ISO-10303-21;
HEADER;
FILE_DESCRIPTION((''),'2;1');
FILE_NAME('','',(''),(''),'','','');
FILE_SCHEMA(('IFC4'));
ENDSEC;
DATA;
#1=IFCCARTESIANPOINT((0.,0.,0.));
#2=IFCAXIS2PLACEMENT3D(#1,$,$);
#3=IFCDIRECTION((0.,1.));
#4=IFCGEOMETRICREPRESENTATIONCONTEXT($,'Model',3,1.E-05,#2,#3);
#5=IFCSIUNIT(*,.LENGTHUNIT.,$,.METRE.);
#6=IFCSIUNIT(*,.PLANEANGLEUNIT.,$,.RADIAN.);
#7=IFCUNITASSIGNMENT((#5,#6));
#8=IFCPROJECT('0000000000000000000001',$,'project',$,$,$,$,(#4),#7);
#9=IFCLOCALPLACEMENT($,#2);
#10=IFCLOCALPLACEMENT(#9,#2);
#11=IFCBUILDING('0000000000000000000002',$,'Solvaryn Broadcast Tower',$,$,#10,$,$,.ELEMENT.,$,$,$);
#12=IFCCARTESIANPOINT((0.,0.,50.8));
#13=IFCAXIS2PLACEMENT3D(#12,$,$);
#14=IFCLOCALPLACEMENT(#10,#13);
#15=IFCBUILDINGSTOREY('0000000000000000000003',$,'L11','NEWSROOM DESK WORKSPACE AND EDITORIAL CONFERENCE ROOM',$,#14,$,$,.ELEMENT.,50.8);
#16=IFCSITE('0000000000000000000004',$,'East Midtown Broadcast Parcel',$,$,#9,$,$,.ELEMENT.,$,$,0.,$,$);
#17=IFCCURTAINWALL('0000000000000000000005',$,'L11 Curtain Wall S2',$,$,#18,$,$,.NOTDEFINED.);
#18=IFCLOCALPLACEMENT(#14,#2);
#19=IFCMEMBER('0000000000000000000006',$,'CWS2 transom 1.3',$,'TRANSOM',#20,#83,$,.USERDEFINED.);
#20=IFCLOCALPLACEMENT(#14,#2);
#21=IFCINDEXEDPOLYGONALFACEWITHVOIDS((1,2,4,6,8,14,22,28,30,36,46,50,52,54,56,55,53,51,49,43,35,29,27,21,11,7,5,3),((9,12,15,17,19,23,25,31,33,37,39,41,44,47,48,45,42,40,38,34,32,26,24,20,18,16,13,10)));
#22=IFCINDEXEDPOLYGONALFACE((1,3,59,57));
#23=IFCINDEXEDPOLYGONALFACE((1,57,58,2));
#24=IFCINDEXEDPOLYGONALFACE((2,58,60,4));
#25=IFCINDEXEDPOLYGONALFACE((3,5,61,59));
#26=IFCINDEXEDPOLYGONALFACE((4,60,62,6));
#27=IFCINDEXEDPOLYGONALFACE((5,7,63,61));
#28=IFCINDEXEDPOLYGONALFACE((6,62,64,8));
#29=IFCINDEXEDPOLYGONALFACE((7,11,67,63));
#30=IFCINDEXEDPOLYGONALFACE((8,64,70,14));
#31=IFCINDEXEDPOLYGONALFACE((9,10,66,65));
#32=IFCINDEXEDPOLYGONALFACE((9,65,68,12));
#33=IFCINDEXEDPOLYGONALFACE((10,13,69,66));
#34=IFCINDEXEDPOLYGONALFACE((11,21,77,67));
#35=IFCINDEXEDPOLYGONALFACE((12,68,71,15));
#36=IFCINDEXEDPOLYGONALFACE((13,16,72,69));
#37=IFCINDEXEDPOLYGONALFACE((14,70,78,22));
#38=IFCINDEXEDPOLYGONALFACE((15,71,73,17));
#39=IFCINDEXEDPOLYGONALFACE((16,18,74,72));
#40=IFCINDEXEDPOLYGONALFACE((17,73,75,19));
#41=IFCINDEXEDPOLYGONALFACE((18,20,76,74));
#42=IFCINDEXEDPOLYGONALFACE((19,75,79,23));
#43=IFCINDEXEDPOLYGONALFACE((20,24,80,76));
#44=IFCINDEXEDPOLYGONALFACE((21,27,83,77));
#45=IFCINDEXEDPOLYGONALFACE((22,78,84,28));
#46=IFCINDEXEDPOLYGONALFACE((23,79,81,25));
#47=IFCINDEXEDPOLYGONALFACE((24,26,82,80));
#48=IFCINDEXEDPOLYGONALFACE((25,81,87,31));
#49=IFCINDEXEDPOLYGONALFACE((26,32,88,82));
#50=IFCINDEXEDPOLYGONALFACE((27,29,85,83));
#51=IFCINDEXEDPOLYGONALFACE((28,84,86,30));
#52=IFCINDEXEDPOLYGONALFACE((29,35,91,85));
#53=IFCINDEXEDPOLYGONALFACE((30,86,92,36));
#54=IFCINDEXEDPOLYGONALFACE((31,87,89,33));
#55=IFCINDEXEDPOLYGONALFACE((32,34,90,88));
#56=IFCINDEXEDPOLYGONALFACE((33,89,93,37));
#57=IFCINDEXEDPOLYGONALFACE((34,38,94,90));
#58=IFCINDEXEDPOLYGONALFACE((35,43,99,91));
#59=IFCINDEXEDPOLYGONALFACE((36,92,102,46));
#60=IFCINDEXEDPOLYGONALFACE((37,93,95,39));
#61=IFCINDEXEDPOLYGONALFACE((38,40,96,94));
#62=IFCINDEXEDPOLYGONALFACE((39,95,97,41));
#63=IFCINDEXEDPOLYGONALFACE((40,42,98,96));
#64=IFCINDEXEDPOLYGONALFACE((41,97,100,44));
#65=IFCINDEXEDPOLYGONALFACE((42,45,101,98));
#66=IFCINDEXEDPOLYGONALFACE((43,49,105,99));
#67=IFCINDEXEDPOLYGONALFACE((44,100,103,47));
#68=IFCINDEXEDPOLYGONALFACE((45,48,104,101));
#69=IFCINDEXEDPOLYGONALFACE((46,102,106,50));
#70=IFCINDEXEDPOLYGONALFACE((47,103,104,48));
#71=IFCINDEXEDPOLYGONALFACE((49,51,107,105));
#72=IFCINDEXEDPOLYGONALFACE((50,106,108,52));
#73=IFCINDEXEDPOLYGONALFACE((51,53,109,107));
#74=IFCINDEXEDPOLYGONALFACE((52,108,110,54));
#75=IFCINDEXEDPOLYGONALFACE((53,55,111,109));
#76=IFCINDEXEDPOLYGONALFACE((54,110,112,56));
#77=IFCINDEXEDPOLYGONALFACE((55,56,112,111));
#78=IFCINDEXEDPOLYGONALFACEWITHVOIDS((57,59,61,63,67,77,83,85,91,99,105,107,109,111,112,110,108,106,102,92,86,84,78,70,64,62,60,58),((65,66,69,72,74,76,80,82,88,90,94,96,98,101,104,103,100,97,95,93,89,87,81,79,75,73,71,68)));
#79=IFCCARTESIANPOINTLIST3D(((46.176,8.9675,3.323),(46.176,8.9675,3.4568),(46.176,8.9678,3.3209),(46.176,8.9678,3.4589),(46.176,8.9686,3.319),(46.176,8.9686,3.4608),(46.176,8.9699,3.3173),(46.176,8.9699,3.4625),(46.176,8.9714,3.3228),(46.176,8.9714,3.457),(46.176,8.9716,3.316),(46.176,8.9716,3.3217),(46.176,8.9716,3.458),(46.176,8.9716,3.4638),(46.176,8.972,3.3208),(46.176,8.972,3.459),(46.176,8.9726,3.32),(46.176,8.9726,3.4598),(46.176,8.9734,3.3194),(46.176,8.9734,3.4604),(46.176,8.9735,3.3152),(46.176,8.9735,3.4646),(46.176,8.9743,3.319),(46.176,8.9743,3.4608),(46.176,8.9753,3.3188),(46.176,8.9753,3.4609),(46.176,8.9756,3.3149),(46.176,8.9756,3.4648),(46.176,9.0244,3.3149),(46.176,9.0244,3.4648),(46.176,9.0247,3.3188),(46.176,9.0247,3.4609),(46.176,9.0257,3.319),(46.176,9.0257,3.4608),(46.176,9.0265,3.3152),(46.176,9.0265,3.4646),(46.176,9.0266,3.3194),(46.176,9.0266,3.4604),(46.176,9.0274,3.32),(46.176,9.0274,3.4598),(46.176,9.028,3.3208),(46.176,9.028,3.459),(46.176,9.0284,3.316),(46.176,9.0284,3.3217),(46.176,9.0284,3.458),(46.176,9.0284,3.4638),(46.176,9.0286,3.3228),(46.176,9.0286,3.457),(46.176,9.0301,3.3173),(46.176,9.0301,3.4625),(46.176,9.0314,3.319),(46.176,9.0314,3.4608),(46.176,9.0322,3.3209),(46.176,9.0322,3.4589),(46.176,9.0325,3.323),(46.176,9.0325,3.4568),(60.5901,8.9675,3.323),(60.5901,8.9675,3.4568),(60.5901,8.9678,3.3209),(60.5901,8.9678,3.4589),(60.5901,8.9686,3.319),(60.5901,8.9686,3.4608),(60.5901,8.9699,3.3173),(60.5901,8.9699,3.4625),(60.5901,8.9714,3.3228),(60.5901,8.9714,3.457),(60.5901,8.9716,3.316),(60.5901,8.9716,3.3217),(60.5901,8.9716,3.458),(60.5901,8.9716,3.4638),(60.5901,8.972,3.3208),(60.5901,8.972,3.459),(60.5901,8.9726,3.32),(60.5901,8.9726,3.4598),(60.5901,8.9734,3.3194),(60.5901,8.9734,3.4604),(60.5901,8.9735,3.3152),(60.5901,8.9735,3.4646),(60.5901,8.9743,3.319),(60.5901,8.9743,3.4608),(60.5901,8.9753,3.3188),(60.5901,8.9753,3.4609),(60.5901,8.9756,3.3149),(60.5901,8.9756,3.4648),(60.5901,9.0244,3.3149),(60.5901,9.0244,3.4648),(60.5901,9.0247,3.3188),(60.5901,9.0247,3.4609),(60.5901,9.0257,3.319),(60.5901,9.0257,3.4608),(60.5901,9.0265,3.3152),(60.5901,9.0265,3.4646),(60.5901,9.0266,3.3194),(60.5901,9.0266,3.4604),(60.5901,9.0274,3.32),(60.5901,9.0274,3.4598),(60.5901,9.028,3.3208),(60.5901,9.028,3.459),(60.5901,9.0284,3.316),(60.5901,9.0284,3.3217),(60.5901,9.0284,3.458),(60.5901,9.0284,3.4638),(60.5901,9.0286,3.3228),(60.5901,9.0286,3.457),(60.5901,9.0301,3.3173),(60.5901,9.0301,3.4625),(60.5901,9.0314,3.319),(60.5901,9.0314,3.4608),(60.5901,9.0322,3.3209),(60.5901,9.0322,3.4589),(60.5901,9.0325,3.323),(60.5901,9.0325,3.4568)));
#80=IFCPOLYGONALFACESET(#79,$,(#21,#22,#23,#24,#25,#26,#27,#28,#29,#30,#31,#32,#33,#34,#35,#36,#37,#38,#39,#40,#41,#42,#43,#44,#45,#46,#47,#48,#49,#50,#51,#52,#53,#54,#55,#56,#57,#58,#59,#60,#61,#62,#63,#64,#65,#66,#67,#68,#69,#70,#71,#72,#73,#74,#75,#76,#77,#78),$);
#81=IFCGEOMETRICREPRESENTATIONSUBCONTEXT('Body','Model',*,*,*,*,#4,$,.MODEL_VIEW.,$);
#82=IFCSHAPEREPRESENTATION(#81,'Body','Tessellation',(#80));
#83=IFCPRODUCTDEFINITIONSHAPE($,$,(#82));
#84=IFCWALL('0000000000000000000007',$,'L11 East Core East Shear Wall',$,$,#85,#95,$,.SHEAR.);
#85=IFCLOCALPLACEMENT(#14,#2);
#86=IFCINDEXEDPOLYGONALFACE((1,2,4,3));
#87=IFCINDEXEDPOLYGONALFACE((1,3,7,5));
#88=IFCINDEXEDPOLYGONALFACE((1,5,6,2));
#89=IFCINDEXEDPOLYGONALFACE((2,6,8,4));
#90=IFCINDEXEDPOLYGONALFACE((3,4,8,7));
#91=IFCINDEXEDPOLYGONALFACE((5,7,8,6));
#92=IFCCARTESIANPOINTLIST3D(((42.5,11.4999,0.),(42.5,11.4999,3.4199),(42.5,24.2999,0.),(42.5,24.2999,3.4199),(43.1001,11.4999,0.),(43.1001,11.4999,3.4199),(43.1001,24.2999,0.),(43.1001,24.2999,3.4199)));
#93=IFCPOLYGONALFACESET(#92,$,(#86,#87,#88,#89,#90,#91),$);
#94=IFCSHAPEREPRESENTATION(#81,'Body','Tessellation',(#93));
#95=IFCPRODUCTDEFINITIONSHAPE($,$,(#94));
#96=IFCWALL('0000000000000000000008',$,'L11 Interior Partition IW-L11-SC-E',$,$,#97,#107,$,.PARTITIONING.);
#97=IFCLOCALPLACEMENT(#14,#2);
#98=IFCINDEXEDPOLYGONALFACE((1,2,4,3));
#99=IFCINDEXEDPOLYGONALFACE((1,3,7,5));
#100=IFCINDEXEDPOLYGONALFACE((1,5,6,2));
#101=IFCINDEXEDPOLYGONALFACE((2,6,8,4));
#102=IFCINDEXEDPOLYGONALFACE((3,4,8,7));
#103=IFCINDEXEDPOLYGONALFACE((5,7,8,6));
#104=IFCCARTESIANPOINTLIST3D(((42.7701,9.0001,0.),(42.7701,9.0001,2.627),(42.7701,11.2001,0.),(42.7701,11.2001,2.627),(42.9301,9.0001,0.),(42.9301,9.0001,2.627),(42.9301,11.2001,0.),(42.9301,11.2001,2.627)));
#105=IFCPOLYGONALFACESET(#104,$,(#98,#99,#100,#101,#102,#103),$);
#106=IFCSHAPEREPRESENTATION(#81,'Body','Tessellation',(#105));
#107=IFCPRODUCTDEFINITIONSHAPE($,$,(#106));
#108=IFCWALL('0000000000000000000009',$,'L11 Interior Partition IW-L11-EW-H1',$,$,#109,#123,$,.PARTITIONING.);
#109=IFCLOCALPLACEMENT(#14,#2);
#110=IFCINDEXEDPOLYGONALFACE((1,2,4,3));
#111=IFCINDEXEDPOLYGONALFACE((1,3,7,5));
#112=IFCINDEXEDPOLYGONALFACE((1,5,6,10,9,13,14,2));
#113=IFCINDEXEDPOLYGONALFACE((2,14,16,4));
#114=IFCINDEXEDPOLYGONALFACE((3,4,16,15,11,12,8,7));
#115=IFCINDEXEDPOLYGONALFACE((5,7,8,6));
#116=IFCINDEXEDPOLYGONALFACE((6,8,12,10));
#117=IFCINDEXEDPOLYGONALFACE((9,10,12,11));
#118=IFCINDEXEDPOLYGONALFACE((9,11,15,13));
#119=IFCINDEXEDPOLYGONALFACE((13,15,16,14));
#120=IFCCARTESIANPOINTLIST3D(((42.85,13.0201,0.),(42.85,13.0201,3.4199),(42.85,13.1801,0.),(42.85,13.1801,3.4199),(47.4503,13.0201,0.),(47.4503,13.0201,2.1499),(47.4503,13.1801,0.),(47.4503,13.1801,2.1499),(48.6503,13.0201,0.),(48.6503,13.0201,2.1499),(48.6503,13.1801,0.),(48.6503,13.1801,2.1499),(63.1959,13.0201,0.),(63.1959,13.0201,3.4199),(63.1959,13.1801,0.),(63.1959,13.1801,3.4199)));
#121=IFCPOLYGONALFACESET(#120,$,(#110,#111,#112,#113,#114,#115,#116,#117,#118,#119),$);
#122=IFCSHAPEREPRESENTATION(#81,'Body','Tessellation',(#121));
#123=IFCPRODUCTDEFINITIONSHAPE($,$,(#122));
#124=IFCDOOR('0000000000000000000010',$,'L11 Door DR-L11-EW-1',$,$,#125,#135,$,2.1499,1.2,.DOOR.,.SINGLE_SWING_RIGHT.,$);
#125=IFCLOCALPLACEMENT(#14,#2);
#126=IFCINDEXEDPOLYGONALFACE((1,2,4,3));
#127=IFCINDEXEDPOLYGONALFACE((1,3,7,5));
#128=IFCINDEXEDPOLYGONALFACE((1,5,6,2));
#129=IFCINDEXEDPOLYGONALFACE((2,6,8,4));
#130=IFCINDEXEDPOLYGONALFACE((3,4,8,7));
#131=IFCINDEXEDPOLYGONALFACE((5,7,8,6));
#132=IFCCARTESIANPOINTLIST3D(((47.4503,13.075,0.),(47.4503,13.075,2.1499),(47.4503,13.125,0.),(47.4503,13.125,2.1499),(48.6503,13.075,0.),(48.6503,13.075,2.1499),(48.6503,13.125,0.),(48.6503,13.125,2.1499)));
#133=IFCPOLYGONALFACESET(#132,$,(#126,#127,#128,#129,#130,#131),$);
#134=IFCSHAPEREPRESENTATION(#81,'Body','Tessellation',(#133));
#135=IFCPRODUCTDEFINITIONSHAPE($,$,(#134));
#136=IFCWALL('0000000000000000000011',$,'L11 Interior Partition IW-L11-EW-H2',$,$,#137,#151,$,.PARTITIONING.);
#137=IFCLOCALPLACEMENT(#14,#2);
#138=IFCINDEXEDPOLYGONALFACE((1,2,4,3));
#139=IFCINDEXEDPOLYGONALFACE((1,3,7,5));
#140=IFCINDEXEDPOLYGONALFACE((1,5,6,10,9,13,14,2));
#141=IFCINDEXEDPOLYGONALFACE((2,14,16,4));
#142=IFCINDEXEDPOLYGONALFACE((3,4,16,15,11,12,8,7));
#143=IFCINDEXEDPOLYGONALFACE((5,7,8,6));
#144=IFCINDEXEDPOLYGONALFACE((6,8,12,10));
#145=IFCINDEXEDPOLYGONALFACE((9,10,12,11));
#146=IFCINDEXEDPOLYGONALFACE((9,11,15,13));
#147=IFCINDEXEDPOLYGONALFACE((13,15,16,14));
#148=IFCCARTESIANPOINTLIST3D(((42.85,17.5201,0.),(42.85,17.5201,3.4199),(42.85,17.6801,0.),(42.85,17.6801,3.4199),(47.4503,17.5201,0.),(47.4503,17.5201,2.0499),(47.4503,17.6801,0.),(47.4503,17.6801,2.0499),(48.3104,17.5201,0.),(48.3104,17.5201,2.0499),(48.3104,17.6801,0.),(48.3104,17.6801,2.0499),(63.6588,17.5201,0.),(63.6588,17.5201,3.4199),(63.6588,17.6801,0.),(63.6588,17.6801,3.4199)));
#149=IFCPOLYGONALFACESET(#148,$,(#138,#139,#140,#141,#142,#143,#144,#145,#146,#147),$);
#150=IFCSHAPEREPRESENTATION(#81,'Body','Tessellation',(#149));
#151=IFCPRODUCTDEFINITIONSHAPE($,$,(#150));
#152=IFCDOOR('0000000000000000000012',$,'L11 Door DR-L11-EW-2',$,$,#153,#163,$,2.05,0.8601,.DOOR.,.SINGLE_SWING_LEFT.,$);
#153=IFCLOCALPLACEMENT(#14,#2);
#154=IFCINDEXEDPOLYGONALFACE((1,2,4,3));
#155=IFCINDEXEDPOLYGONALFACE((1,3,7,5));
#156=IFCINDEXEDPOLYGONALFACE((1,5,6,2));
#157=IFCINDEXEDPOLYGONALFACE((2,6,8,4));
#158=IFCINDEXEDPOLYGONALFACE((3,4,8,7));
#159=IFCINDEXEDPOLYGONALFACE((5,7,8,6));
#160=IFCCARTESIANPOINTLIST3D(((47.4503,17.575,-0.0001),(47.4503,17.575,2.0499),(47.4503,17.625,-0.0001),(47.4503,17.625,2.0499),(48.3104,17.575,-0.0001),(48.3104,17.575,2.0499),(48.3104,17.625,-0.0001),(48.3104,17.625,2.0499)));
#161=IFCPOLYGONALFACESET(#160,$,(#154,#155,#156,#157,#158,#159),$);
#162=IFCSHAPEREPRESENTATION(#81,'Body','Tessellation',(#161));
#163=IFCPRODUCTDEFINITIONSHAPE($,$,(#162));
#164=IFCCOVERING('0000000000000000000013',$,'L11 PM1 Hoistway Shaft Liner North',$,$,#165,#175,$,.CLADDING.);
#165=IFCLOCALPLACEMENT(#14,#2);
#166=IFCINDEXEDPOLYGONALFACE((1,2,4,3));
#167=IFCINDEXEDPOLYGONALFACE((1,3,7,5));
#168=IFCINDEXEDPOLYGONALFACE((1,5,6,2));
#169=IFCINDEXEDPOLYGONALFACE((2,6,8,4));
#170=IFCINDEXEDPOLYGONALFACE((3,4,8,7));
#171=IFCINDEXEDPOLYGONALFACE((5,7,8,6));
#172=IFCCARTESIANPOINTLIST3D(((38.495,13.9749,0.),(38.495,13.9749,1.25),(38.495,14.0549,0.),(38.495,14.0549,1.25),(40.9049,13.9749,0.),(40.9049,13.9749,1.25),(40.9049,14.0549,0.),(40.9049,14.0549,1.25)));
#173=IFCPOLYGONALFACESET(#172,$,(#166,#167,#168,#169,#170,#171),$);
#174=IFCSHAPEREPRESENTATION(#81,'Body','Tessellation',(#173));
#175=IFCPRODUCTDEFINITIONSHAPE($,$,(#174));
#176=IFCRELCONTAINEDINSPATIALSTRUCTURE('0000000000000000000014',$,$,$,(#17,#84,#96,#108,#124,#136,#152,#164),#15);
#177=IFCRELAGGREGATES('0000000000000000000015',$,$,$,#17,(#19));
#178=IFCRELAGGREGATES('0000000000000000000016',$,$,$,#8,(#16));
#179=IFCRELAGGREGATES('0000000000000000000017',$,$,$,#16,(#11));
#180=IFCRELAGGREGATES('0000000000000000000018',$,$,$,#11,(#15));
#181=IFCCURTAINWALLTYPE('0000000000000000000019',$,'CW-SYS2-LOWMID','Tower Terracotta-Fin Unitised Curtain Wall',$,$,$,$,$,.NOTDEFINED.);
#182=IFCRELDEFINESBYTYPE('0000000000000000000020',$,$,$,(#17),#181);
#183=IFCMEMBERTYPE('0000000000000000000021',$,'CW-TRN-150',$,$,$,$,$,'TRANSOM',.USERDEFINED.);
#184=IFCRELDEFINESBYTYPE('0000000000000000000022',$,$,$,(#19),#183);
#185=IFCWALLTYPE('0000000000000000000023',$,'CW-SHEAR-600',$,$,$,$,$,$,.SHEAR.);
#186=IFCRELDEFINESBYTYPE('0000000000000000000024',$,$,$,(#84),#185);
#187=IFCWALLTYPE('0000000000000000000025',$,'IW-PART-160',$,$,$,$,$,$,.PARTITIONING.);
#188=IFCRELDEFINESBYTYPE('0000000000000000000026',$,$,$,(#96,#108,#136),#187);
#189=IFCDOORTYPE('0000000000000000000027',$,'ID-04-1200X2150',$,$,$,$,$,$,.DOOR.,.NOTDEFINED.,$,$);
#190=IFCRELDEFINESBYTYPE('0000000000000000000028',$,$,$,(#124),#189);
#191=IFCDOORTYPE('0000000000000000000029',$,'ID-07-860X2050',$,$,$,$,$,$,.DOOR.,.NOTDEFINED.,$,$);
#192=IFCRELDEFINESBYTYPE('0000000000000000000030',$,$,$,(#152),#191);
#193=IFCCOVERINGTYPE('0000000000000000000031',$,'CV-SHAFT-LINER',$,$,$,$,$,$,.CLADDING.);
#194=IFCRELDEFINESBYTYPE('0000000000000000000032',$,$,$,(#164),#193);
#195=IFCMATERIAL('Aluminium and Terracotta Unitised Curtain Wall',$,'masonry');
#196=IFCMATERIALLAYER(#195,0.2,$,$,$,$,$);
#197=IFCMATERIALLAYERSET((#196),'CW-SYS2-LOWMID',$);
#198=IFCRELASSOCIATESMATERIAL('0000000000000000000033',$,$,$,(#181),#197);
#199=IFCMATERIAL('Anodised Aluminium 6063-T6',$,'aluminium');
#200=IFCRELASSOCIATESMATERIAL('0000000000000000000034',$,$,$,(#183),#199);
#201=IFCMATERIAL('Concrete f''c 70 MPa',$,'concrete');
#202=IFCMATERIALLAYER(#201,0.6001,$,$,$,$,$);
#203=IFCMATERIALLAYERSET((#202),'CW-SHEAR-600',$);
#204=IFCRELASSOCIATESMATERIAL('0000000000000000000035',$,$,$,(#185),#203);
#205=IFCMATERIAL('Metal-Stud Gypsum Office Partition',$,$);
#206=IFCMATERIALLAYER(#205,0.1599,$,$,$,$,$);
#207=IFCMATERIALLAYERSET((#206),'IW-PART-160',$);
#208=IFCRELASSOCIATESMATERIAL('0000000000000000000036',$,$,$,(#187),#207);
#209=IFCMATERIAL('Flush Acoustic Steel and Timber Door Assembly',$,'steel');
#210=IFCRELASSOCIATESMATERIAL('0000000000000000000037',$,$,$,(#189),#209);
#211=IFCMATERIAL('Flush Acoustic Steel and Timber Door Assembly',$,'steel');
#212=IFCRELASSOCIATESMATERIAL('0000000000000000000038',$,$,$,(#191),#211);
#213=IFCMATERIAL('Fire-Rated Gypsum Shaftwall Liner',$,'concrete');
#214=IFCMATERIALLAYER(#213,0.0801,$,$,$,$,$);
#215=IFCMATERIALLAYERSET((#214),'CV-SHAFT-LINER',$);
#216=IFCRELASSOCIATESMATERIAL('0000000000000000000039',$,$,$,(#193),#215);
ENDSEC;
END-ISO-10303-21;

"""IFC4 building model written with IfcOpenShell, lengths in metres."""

from ifc_helpers import new_model, si_unit, direction, frame, frame_2d, origin, origin_2d, place, context, subcontext, project, spatial, rectangle, hollow_rectangle, extrude, material, layer, layer_set, material_profile, profile_set, type_object, element, fill, aggregate, save


model = new_model("IFC4")

# Units and contexts
model_context = context("Model", 3, precision=1e-05, world=origin(), true_north=direction((0.0, 1.0)))
body_context = subcontext(model_context, "Body", "Model", "MODEL_VIEW")
ifc_project = project(units=[si_unit("LENGTHUNIT", "METRE"), si_unit("PLANEANGLEUNIT", "RADIAN")], contexts=[model_context])

# Site, building, storey
site_placement = place(None, origin())
site = spatial("IfcSite", under=ifc_project, at=site_placement, Name="East Midtown Broadcast Parcel", CompositionType="ELEMENT", RefElevation=0.0)
building_placement = place(site_placement, origin())
building = spatial("IfcBuilding", under=site, at=building_placement, Name="Solvaryn Broadcast Tower", CompositionType="ELEMENT")
storey_placement = place(building_placement, frame((0.0, 0.0, 50.8)))
storey = spatial("IfcBuildingStorey", under=building, at=storey_placement, Name="L11", Description="NEWSROOM DESK WORKSPACE AND EDITORIAL CONFERENCE ROOM", CompositionType="ELEMENT", Elevation=50.8)

# Shared definitions
ifc_material_1 = material(Name="Aluminium and Terracotta Unitised Curtain Wall", Category="masonry")
ifc_layer_1 = layer(ifc_material_1, 0.2)
ifc_layer_set_1 = layer_set([ifc_layer_1], Name="CW-SYS2-LOWMID")
curtain_wall_type = type_object("IfcCurtainWallType", Name="CW-SYS2-LOWMID", Description="Tower Terracotta-Fin Unitised Curtain Wall", PredefinedType="NOTDEFINED", material=ifc_layer_set_1)

# Curtain wall, member
curtain_wall_1_placement = place(storey_placement, origin())
curtain_wall_1 = element("IfcCurtainWall", 1, at=curtain_wall_1_placement, inside=storey, type_object=curtain_wall_type, Name="L11 Curtain Wall S2", PredefinedType="NOTDEFINED")
ifc_material_2 = material(Name="Anodised Aluminium 6063-T6", Category="aluminium")
ifc_material_profile_1 = material_profile(ifc_material_2, hollow_rectangle(XDim=0.0649, YDim=0.1499, WallThickness=0.0039, InnerFilletRadius=0.0039, OuterFilletRadius=0.0081, at=origin_2d()))
ifc_profile_set_1 = profile_set([ifc_material_profile_1], Name="Anodised Aluminium 6063-T6")
member_type_1 = type_object("IfcMemberType", Name="CW-TRN-150", ElementType="TRANSOM", PredefinedType="USERDEFINED", material=ifc_profile_set_1)
member_1_placement = place(storey_placement, frame((46.176, 9.0, 3.3899), z_axis=(1.0, 0.0, 0.0), x_axis=(0.0, 1.0, 0.0)))
member_1 = element("IfcMember", 2, at=member_1_placement, type_object=member_type_1, Name="CWS2 transom 1.3", ObjectType="TRANSOM", PredefinedType="USERDEFINED", context=body_context, shape_type="SweptSolid", body=[
    extrude(hollow_rectangle(XDim=0.0649, YDim=0.1499, WallThickness=0.0039, InnerFilletRadius=0.0039, OuterFilletRadius=0.0081, at=origin_2d()), origin(), (0.0, 0.0, 1.0), 14.4141),
])
aggregate(curtain_wall_1, [member_1])

# Walls
ifc_material_3 = material(Name="Concrete f'c 70 MPa", Category="concrete")
ifc_layer_2 = layer(ifc_material_3, 0.6001)
ifc_layer_set_2 = layer_set([ifc_layer_2], Name="CW-SHEAR-600")
wall_type_1 = type_object("IfcWallType", Name="CW-SHEAR-600", PredefinedType="SHEAR", material=ifc_layer_set_2)
wall_1_placement = place(storey_placement, frame((42.8, 11.5, 0.0), z_axis=(0.0, 0.0, 1.0), x_axis=(0.0, 1.0, 0.0)))
element("IfcWall", 3, at=wall_1_placement, inside=storey, type_object=wall_type_1, Name="L11 East Core East Shear Wall", PredefinedType="SHEAR", context=body_context, shape_type="SweptSolid", body=[
    extrude(rectangle(XDim=12.8, YDim=0.6001, at=frame_2d((6.3999, 0.0))), origin(), (0.0, 0.0, 1.0), 3.4199),
])
ifc_material_4 = material(Name="Metal-Stud Gypsum Office Partition")
ifc_layer_3 = layer(ifc_material_4, 0.1599)
ifc_layer_set_3 = layer_set([ifc_layer_3], Name="IW-PART-160")
wall_type_2 = type_object("IfcWallType", Name="IW-PART-160", PredefinedType="PARTITIONING", material=ifc_layer_set_3)
wall_2_placement = place(storey_placement, frame((42.8501, 9.0, 0.0), z_axis=(0.0, 0.0, 1.0), x_axis=(0.0, 1.0, 0.0)))
element("IfcWall", 4, at=wall_2_placement, inside=storey, type_object=wall_type_2, Name="L11 Interior Partition IW-L11-SC-E", PredefinedType="PARTITIONING", context=body_context, shape_type="SweptSolid", body=[
    extrude(rectangle(XDim=2.2, YDim=0.1599, at=frame_2d((1.1001, 0.0))), origin(), (0.0, 0.0, 1.0), 2.627),
])

# Walls, openings, doors
wall_3_placement = place(storey_placement, frame((42.8501, 13.1001, 0.0), z_axis=(0.0, 0.0, 1.0), x_axis=(1.0, 0.0, 0.0)))
wall_3 = element("IfcWall", 5, at=wall_3_placement, inside=storey, type_object=wall_type_2, Name="L11 Interior Partition IW-L11-EW-H1", PredefinedType="PARTITIONING", context=body_context, shape_type="SweptSolid", body=[
    extrude(rectangle(XDim=20.3459, YDim=0.1599, at=frame_2d((10.1729, 0.0))), origin(), (0.0, 0.0, 1.0), 3.4199),
])
opening_1_placement = place(wall_3_placement, frame((4.6001, 0.0, 0.0)))
opening_1 = element("IfcOpeningElement", 6, at=opening_1_placement, cuts=wall_3, PredefinedType="OPENING", context=body_context, shape_type="SweptSolid", body=[
    extrude(rectangle(XDim=1.2, YDim=2.1499, at=frame_2d((0.6001, 1.075))), frame((0.0, 0.0901, 0.0), z_axis=(0.0, -1.0, 0.0), x_axis=(1.0, 0.0, 0.0)), (0.0, 0.0, 1.0), 0.1799),
])
ifc_material_5 = material(Name="Flush Acoustic Steel and Timber Door Assembly", Category="steel")
door_type_1 = type_object("IfcDoorType", Name="ID-04-1200X2150", OperationType="NOTDEFINED", PredefinedType="DOOR", material=ifc_material_5)
door_1_placement = place(opening_1_placement, origin())
door_1 = element("IfcDoor", 7, at=door_1_placement, inside=storey, type_object=door_type_1, Name="L11 Door DR-L11-EW-1", OperationType="SINGLE_SWING_RIGHT", OverallHeight=2.1499, OverallWidth=1.2, PredefinedType="DOOR", context=body_context, shape_type="SweptSolid", body=[
    extrude(rectangle(XDim=1.2, YDim=2.1499, at=frame_2d((0.6001, 1.075))), frame((0.0, 0.0249, 0.0), z_axis=(0.0, -1.0, 0.0), x_axis=(1.0, 0.0, 0.0)), (0.0, 0.0, 1.0), 0.05),
])
fill(opening_1, door_1)
wall_4_placement = place(storey_placement, frame((42.8501, 17.6001, 0.0), z_axis=(0.0, 0.0, 1.0), x_axis=(1.0, 0.0, 0.0)))
wall_4 = element("IfcWall", 8, at=wall_4_placement, inside=storey, type_object=wall_type_2, Name="L11 Interior Partition IW-L11-EW-H2", PredefinedType="PARTITIONING", context=body_context, shape_type="SweptSolid", body=[
    extrude(rectangle(XDim=20.8088, YDim=0.1599, at=frame_2d((10.4043, 0.0))), origin(), (0.0, 0.0, 1.0), 3.4199),
])
opening_2_placement = place(wall_4_placement, frame((4.6001, 0.0, 0.0)))
opening_2 = element("IfcOpeningElement", 9, at=opening_2_placement, cuts=wall_4, PredefinedType="OPENING", context=body_context, shape_type="SweptSolid", body=[
    extrude(rectangle(XDim=0.8601, YDim=2.05, at=frame_2d((0.4302, 1.0249))), frame((0.0, 0.0901, 0.0), z_axis=(0.0, -1.0, 0.0), x_axis=(1.0, 0.0, 0.0)), (0.0, 0.0, 1.0), 0.1799),
])
ifc_material_6 = material(Name="Flush Acoustic Steel and Timber Door Assembly", Category="steel")
door_type_2 = type_object("IfcDoorType", Name="ID-07-860X2050", OperationType="NOTDEFINED", PredefinedType="DOOR", material=ifc_material_6)
door_2_placement = place(opening_2_placement, origin())
door_2 = element("IfcDoor", 10, at=door_2_placement, inside=storey, type_object=door_type_2, Name="L11 Door DR-L11-EW-2", OperationType="SINGLE_SWING_LEFT", OverallHeight=2.05, OverallWidth=0.8601, PredefinedType="DOOR", context=body_context, shape_type="SweptSolid", body=[
    extrude(rectangle(XDim=0.8601, YDim=2.05, at=frame_2d((0.4302, 1.0249))), frame((0.0, 0.0249, 0.0), z_axis=(0.0, -1.0, 0.0), x_axis=(1.0, 0.0, 0.0)), (0.0, 0.0, 1.0), 0.05),
])
fill(opening_2, door_2)

# Covering
ifc_material_7 = material(Name="Fire-Rated Gypsum Shaftwall Liner", Category="concrete")
ifc_layer_4 = layer(ifc_material_7, 0.0801)
ifc_layer_set_4 = layer_set([ifc_layer_4], Name="CV-SHAFT-LINER")
covering_type_1 = type_object("IfcCoveringType", Name="CV-SHAFT-LINER", PredefinedType="CLADDING", material=ifc_layer_set_4)
covering_1_placement = place(storey_placement, frame((39.7, 14.0149, 0.0), z_axis=(0.0, 0.0, 1.0), x_axis=(1.0, 0.0, 0.0)))
element("IfcCovering", 11, at=covering_1_placement, inside=storey, type_object=covering_type_1, Name="L11 PM1 Hoistway Shaft Liner North", PredefinedType="CLADDING", context=body_context, shape_type="SweptSolid", body=[
    extrude(rectangle(XDim=2.4099, YDim=0.0801, at=origin_2d()), origin(), (0.0, 0.0, 1.0), 1.25),
])

save(model, "model.ifc")
